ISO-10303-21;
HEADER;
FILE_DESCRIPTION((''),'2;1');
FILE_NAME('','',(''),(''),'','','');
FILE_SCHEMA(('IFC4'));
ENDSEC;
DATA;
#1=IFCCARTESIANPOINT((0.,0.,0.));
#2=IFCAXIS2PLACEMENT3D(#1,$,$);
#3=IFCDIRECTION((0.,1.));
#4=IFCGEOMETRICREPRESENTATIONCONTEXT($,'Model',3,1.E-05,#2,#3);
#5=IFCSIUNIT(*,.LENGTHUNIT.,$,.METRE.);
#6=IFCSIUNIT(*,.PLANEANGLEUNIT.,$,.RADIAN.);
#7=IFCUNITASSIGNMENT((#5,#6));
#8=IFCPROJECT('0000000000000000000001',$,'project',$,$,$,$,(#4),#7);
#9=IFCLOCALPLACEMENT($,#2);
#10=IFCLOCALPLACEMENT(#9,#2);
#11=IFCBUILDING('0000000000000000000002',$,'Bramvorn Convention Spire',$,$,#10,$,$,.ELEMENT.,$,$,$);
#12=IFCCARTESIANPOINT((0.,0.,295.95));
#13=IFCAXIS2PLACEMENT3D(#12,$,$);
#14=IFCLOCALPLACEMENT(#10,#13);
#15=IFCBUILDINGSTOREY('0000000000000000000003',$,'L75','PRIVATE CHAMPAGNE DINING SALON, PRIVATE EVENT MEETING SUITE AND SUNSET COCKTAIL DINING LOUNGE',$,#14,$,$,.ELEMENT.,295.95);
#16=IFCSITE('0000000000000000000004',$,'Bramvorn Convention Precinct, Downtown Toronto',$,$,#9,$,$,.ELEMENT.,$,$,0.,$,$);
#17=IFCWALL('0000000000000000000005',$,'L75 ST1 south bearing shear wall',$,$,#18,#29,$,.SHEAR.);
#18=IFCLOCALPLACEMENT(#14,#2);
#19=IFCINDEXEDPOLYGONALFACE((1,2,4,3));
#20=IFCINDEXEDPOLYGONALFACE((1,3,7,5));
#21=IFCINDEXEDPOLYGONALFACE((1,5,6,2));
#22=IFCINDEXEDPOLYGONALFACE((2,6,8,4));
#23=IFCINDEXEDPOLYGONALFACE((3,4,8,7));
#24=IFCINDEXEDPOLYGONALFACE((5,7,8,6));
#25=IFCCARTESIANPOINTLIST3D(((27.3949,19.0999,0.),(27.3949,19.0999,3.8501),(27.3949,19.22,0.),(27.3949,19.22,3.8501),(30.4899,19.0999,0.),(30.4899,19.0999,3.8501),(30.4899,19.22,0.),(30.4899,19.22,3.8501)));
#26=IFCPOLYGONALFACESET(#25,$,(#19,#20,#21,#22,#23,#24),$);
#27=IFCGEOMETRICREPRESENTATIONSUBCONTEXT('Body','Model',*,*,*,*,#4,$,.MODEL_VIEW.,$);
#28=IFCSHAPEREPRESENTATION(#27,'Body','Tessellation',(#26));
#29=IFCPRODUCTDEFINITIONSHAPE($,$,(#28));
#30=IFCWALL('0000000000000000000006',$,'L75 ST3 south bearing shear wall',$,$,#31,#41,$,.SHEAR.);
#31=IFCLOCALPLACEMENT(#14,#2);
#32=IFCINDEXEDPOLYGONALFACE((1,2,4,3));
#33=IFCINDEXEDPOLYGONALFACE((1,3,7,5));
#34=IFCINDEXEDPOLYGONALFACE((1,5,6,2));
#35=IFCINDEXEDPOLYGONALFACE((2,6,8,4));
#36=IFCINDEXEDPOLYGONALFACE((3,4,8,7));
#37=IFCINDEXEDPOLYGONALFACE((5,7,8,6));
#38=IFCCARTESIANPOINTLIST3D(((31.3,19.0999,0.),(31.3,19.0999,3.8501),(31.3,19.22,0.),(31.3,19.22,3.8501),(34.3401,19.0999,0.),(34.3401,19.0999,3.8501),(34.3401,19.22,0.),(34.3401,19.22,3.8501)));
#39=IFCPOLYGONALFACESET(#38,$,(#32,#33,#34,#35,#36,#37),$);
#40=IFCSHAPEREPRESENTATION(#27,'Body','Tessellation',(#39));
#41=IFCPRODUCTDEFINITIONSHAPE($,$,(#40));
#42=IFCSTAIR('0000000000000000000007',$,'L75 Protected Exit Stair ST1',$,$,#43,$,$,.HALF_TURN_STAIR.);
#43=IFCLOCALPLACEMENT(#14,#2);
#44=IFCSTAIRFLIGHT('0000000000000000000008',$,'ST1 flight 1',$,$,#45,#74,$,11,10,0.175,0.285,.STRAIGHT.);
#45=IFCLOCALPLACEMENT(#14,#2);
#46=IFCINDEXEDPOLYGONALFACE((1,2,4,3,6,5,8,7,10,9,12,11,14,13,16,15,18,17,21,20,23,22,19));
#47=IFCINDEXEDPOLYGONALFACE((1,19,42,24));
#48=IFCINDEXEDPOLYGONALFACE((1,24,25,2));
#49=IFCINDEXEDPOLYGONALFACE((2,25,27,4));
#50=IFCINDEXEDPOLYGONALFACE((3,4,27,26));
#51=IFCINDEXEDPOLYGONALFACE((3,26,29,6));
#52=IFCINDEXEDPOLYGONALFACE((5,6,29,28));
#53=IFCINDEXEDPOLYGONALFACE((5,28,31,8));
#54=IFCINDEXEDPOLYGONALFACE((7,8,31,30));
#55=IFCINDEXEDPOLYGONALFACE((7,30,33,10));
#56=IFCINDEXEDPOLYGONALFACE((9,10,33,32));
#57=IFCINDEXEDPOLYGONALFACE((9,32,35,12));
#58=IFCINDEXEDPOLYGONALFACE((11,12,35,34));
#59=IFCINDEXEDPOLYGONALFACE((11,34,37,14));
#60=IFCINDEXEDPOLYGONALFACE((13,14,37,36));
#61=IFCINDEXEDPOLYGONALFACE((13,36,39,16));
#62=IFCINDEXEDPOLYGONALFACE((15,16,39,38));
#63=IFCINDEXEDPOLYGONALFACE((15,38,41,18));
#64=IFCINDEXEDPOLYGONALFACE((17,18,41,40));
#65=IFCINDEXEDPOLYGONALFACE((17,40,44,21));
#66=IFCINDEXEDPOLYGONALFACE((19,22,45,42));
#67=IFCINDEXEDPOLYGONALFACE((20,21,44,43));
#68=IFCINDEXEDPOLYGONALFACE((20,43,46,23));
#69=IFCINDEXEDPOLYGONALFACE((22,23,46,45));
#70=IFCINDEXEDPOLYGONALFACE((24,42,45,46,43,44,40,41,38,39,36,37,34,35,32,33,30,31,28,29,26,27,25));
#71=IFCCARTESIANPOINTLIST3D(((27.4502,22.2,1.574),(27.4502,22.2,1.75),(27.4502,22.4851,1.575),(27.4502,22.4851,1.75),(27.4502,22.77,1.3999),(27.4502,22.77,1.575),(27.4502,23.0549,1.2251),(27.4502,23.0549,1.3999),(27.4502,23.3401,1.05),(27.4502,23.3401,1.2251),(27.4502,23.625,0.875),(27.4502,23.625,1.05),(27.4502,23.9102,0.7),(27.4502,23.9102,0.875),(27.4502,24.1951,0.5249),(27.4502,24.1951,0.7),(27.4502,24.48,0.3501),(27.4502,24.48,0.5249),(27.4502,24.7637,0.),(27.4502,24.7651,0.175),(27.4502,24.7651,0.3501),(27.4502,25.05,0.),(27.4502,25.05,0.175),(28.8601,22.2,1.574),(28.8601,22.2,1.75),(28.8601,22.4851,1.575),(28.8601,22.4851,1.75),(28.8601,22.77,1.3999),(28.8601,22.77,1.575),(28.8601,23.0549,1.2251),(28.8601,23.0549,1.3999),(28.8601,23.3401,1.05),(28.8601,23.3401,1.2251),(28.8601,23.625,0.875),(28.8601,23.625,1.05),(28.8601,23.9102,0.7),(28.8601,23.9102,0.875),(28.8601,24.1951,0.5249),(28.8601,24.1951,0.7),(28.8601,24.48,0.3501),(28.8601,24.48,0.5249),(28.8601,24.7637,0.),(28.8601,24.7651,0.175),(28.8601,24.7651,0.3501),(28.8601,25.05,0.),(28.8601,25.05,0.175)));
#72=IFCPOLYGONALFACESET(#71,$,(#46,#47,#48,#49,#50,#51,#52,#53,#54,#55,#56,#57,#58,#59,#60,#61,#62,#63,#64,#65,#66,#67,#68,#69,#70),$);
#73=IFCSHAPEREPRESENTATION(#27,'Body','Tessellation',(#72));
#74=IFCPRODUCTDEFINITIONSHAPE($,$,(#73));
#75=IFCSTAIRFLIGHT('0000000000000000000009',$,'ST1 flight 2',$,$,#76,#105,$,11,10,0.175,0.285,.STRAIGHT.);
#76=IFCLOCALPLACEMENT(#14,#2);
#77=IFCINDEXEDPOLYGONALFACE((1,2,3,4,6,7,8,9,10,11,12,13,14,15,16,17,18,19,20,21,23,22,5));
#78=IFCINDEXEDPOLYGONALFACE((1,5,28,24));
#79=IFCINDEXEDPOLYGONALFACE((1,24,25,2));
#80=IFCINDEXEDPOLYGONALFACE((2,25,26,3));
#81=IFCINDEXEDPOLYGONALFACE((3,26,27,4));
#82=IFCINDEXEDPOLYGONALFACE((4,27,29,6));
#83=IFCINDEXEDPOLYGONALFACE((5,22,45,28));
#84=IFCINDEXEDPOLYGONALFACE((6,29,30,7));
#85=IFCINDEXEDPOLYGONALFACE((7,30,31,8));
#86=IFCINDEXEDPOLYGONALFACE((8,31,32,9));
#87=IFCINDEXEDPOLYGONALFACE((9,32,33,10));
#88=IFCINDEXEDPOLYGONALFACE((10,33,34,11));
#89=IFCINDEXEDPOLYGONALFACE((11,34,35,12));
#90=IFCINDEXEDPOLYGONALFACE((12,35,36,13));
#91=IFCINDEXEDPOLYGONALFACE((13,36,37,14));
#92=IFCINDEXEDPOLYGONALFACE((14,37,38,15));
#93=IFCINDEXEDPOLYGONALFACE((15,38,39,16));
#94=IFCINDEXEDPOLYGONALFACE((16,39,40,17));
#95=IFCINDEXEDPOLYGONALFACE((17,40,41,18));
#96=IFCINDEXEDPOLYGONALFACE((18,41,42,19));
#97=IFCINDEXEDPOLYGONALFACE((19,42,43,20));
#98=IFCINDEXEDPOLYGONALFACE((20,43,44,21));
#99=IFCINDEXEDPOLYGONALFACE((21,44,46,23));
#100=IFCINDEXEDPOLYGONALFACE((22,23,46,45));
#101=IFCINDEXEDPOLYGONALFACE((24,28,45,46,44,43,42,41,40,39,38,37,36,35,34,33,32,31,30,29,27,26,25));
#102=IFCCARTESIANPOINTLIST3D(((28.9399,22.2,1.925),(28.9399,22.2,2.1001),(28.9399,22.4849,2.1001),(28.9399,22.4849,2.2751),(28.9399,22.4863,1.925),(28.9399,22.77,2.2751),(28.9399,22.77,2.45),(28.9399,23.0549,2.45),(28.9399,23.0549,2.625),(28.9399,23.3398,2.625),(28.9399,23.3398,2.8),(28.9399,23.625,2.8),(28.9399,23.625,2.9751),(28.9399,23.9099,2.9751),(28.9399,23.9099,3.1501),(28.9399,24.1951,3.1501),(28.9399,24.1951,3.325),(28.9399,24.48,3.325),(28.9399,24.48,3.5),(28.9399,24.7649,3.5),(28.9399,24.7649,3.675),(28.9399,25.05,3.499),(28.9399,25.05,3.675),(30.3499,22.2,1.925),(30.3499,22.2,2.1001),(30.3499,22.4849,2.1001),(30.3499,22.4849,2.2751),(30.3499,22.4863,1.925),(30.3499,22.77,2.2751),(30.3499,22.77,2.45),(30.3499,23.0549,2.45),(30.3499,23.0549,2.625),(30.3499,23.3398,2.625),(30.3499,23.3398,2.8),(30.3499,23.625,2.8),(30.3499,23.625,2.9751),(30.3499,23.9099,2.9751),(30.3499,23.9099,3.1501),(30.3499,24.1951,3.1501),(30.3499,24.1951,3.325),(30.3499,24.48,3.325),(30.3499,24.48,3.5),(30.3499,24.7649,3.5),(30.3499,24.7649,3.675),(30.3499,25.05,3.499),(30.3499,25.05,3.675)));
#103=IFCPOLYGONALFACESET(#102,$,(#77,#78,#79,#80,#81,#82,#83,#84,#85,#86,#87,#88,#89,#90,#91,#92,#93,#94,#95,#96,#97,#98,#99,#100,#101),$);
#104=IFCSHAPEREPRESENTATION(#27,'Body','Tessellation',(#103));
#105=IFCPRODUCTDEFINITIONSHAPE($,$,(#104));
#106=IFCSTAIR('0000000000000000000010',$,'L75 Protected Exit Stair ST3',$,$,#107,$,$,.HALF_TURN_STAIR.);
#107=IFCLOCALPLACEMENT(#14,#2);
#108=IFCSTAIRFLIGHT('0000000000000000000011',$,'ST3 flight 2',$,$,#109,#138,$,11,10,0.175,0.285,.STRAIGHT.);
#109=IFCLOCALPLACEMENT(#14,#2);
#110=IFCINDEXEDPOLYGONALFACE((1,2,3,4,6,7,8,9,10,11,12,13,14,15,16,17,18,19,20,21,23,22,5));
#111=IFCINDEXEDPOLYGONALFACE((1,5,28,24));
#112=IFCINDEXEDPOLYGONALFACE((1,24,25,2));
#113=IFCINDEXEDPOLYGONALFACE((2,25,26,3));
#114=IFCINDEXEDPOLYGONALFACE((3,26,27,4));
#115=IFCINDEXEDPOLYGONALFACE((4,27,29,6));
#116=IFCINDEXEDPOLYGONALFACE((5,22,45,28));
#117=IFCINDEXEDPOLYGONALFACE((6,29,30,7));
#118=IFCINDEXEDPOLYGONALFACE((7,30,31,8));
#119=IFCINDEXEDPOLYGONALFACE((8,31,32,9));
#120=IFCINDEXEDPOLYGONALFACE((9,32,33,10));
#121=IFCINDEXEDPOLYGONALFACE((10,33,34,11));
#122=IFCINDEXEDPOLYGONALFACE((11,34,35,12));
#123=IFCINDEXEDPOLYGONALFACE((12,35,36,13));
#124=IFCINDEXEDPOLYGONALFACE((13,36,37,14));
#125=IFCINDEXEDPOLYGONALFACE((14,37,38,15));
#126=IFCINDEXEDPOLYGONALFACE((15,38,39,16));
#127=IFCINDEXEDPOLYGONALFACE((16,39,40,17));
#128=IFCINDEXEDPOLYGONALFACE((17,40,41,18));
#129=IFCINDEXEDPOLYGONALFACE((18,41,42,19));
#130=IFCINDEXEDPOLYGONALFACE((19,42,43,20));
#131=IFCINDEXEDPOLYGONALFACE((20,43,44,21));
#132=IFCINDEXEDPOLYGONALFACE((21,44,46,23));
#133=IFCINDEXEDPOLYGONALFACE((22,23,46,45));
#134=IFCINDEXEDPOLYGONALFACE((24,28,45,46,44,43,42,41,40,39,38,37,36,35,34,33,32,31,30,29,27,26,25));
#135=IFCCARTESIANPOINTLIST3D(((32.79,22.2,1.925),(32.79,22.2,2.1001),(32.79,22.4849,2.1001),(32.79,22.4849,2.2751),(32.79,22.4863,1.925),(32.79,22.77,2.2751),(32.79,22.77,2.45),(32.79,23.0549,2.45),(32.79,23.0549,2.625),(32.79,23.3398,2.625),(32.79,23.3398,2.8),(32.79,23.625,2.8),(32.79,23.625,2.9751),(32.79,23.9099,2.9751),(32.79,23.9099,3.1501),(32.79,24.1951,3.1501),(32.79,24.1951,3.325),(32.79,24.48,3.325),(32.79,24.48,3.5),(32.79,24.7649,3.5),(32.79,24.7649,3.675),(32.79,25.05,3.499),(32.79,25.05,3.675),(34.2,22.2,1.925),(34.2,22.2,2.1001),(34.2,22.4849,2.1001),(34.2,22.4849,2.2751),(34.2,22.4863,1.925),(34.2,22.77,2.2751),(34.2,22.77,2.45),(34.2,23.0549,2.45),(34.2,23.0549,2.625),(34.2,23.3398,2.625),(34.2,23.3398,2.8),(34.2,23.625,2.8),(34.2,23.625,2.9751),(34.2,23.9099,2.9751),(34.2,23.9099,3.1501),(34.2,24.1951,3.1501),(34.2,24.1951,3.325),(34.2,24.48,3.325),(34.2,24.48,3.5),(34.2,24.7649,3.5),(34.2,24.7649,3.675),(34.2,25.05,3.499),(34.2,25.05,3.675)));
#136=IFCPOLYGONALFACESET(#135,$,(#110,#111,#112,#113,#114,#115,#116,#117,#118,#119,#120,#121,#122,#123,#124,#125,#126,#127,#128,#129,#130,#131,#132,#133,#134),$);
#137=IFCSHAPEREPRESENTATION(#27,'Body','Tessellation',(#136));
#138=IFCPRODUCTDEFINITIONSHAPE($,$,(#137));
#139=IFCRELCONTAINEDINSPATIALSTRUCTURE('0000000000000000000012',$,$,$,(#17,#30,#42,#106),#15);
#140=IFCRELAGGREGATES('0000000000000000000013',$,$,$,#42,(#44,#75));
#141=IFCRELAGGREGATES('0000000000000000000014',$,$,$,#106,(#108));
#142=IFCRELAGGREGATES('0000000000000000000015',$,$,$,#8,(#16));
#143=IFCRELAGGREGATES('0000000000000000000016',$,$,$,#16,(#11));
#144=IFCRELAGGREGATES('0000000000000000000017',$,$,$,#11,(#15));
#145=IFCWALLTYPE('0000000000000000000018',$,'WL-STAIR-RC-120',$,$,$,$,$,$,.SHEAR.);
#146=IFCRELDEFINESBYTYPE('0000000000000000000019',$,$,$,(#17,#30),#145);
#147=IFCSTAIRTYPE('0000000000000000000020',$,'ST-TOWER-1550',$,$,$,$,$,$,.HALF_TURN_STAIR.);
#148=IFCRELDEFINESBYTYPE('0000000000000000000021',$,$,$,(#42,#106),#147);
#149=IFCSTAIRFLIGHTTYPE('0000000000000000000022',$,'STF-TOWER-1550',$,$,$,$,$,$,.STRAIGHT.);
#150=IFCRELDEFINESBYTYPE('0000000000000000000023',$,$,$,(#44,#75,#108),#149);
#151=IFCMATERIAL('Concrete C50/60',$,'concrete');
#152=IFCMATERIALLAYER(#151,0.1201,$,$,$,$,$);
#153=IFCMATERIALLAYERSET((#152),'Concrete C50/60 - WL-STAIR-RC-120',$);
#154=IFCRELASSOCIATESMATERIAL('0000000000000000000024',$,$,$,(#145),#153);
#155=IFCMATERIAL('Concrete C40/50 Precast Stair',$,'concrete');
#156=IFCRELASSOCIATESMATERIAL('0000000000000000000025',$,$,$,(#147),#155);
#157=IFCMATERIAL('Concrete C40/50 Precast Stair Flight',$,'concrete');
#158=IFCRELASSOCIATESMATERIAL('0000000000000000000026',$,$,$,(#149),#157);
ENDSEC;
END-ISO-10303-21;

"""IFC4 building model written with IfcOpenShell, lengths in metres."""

from ifc_helpers import new_model, si_unit, direction, frame, frame_2d, origin, place, context, subcontext, project, spatial, polyline, rectangle, outline, extrude, material, layer, layer_set, type_object, element, aggregate, save


model = new_model("IFC4")

# Units and contexts
model_context = context("Model", 3, precision=1e-05, world=origin(), true_north=direction((0.0, 1.0)))
body_context = subcontext(model_context, "Body", "Model", "MODEL_VIEW")
ifc_project = project(units=[si_unit("LENGTHUNIT", "METRE"), si_unit("PLANEANGLEUNIT", "RADIAN")], contexts=[model_context])

# Site, building, storey
site_placement = place(None, origin())
site = spatial("IfcSite", under=ifc_project, at=site_placement, Name="Bramvorn Convention Precinct, Downtown Toronto", CompositionType="ELEMENT", RefElevation=0.0)
building_placement = place(site_placement, origin())
building = spatial("IfcBuilding", under=site, at=building_placement, Name="Bramvorn Convention Spire", CompositionType="ELEMENT")
storey_placement = place(building_placement, frame((0.0, 0.0, 295.95)))
storey = spatial("IfcBuildingStorey", under=building, at=storey_placement, Name="L75", Description="PRIVATE CHAMPAGNE DINING SALON, PRIVATE EVENT MEETING SUITE AND SUNSET COCKTAIL DINING LOUNGE", CompositionType="ELEMENT", Elevation=295.95)

# Walls
ifc_material_1 = material(Name="Concrete C50/60", Category="concrete")
ifc_layer_1 = layer(ifc_material_1, 0.1201)
ifc_layer_set_1 = layer_set([ifc_layer_1], Name="Concrete C50/60 - WL-STAIR-RC-120")
wall_type_1 = type_object("IfcWallType", Name="WL-STAIR-RC-120", PredefinedType="SHEAR", material=ifc_layer_set_1)
wall_1_placement = place(storey_placement, frame((27.395, 19.1599, 0.0), z_axis=(0.0, 0.0, 1.0), x_axis=(1.0, 0.0, 0.0)))
element("IfcWall", 1, at=wall_1_placement, inside=storey, type_object=wall_type_1, Name="L75 ST1 south bearing shear wall", PredefinedType="SHEAR", context=body_context, shape_type="SweptSolid", body=[
    extrude(rectangle(XDim=3.095, YDim=0.1201, at=frame_2d((1.5474, 0.0))), origin(), (0.0, 0.0, 1.0), 3.8501),
])
wall_2_placement = place(storey_placement, frame((31.3, 19.1599, 0.0), z_axis=(0.0, 0.0, 1.0), x_axis=(1.0, 0.0, 0.0)))
element("IfcWall", 2, at=wall_2_placement, inside=storey, type_object=wall_type_1, Name="L75 ST3 south bearing shear wall", PredefinedType="SHEAR", context=body_context, shape_type="SweptSolid", body=[
    extrude(rectangle(XDim=3.04, YDim=0.1201, at=frame_2d((1.52, 0.0))), origin(), (0.0, 0.0, 1.0), 3.8501),
])

# Stair, stair flights
ifc_material_2 = material(Name="Concrete C40/50 Precast Stair", Category="concrete")
stair_type = type_object("IfcStairType", Name="ST-TOWER-1550", PredefinedType="HALF_TURN_STAIR", material=ifc_material_2)
stair_1_placement = place(storey_placement, origin())
stair_1 = element("IfcStair", 3, at=stair_1_placement, inside=storey, type_object=stair_type, Name="L75 Protected Exit Stair ST1", PredefinedType="HALF_TURN_STAIR")
ifc_material_3 = material(Name="Concrete C40/50 Precast Stair Flight", Category="concrete")
stair_flight_type = type_object("IfcStairFlightType", Name="STF-TOWER-1550", PredefinedType="STRAIGHT", material=ifc_material_3)
stair_flight_1_placement = place(storey_placement, frame((28.155, 25.05, 0.0), z_axis=(0.0, 0.0, 1.0), x_axis=(0.0, -1.0, 0.0)))
stair_flight_1 = element("IfcStairFlight", 4, at=stair_flight_1_placement, type_object=stair_flight_type, Name="ST1 flight 1", NumberOfRisers=11, NumberOfTreads=10, PredefinedType="STRAIGHT", RiserHeight=0.175, TreadLength=0.285, context=body_context, shape_type="SweptSolid", body=[
    extrude(outline(polyline([(0.0, 0.0), (0.0, 0.175), (0.2849, 0.175), (0.2849, 0.3501), (0.5701, 0.3501), (0.5701, 0.5249), (0.855, 0.5249), (0.855, 0.7), (1.1399, 0.7), (1.1399, 0.875), (1.425, 0.875), (1.425, 1.05), (1.71, 1.05), (1.71, 1.2251), (1.9951, 1.2251), (1.9951, 1.3999), (2.28, 1.3999), (2.28, 1.575), (2.5649, 1.575), (2.5649, 1.75), (2.8501, 1.75), (2.8501, 1.925), (2.8501, 1.574), (0.2864, 0.0), (0.0, 0.0)])), frame((0.0, 0.7051, 0.0), z_axis=(0.0, -1.0, 0.0), x_axis=(1.0, 0.0, 0.0)), (0.0, 0.0, 1.0), 1.4099),
])
stair_flight_2_placement = place(storey_placement, frame((29.645, 22.2, 1.925), z_axis=(0.0, 0.0, 1.0), x_axis=(0.0, 1.0, 0.0)))
stair_flight_2 = element("IfcStairFlight", 5, at=stair_flight_2_placement, type_object=stair_flight_type, Name="ST1 flight 2", NumberOfRisers=11, NumberOfTreads=10, PredefinedType="STRAIGHT", RiserHeight=0.175, TreadLength=0.285, context=body_context, shape_type="SweptSolid", body=[
    extrude(outline(polyline([(0.0, 0.0), (0.0, 0.175), (0.2849, 0.175), (0.2849, 0.3501), (0.5701, 0.3501), (0.5701, 0.5249), (0.855, 0.5249), (0.855, 0.7), (1.1399, 0.7), (1.1399, 0.875), (1.425, 0.875), (1.425, 1.05), (1.71, 1.05), (1.71, 1.2251), (1.9951, 1.2251), (1.9951, 1.3999), (2.28, 1.3999), (2.28, 1.575), (2.5649, 1.575), (2.5649, 1.75), (2.8501, 1.75), (2.8501, 1.925), (2.8501, 1.574), (0.2864, 0.0), (0.0, 0.0)])), frame((0.0, 0.7051, 0.0), z_axis=(0.0, -1.0, 0.0), x_axis=(1.0, 0.0, 0.0)), (0.0, 0.0, 1.0), 1.4099),
])
aggregate(stair_1, [stair_flight_1, stair_flight_2])

# Stair, stair flight
stair_2_placement = place(storey_placement, origin())
stair_2 = element("IfcStair", 6, at=stair_2_placement, inside=storey, type_object=stair_type, Name="L75 Protected Exit Stair ST3", PredefinedType="HALF_TURN_STAIR")
stair_flight_3_placement = place(storey_placement, frame((33.4951, 22.2, 1.925), z_axis=(0.0, 0.0, 1.0), x_axis=(0.0, 1.0, 0.0)))
stair_flight_3 = element("IfcStairFlight", 7, at=stair_flight_3_placement, type_object=stair_flight_type, Name="ST3 flight 2", NumberOfRisers=11, NumberOfTreads=10, PredefinedType="STRAIGHT", RiserHeight=0.175, TreadLength=0.285, context=body_context, shape_type="SweptSolid", body=[
    extrude(outline(polyline([(0.0, 0.0), (0.0, 0.175), (0.2849, 0.175), (0.2849, 0.3501), (0.5701, 0.3501), (0.5701, 0.5249), (0.855, 0.5249), (0.855, 0.7), (1.1399, 0.7), (1.1399, 0.875), (1.425, 0.875), (1.425, 1.05), (1.71, 1.05), (1.71, 1.2251), (1.9951, 1.2251), (1.9951, 1.3999), (2.28, 1.3999), (2.28, 1.575), (2.5649, 1.575), (2.5649, 1.75), (2.8501, 1.75), (2.8501, 1.925), (2.8501, 1.574), (0.2864, 0.0), (0.0, 0.0)])), frame((0.0, 0.7051, 0.0), z_axis=(0.0, -1.0, 0.0), x_axis=(1.0, 0.0, 0.0)), (0.0, 0.0, 1.0), 1.4099),
])
aggregate(stair_2, [stair_flight_3])

save(model, "model.ifc")
